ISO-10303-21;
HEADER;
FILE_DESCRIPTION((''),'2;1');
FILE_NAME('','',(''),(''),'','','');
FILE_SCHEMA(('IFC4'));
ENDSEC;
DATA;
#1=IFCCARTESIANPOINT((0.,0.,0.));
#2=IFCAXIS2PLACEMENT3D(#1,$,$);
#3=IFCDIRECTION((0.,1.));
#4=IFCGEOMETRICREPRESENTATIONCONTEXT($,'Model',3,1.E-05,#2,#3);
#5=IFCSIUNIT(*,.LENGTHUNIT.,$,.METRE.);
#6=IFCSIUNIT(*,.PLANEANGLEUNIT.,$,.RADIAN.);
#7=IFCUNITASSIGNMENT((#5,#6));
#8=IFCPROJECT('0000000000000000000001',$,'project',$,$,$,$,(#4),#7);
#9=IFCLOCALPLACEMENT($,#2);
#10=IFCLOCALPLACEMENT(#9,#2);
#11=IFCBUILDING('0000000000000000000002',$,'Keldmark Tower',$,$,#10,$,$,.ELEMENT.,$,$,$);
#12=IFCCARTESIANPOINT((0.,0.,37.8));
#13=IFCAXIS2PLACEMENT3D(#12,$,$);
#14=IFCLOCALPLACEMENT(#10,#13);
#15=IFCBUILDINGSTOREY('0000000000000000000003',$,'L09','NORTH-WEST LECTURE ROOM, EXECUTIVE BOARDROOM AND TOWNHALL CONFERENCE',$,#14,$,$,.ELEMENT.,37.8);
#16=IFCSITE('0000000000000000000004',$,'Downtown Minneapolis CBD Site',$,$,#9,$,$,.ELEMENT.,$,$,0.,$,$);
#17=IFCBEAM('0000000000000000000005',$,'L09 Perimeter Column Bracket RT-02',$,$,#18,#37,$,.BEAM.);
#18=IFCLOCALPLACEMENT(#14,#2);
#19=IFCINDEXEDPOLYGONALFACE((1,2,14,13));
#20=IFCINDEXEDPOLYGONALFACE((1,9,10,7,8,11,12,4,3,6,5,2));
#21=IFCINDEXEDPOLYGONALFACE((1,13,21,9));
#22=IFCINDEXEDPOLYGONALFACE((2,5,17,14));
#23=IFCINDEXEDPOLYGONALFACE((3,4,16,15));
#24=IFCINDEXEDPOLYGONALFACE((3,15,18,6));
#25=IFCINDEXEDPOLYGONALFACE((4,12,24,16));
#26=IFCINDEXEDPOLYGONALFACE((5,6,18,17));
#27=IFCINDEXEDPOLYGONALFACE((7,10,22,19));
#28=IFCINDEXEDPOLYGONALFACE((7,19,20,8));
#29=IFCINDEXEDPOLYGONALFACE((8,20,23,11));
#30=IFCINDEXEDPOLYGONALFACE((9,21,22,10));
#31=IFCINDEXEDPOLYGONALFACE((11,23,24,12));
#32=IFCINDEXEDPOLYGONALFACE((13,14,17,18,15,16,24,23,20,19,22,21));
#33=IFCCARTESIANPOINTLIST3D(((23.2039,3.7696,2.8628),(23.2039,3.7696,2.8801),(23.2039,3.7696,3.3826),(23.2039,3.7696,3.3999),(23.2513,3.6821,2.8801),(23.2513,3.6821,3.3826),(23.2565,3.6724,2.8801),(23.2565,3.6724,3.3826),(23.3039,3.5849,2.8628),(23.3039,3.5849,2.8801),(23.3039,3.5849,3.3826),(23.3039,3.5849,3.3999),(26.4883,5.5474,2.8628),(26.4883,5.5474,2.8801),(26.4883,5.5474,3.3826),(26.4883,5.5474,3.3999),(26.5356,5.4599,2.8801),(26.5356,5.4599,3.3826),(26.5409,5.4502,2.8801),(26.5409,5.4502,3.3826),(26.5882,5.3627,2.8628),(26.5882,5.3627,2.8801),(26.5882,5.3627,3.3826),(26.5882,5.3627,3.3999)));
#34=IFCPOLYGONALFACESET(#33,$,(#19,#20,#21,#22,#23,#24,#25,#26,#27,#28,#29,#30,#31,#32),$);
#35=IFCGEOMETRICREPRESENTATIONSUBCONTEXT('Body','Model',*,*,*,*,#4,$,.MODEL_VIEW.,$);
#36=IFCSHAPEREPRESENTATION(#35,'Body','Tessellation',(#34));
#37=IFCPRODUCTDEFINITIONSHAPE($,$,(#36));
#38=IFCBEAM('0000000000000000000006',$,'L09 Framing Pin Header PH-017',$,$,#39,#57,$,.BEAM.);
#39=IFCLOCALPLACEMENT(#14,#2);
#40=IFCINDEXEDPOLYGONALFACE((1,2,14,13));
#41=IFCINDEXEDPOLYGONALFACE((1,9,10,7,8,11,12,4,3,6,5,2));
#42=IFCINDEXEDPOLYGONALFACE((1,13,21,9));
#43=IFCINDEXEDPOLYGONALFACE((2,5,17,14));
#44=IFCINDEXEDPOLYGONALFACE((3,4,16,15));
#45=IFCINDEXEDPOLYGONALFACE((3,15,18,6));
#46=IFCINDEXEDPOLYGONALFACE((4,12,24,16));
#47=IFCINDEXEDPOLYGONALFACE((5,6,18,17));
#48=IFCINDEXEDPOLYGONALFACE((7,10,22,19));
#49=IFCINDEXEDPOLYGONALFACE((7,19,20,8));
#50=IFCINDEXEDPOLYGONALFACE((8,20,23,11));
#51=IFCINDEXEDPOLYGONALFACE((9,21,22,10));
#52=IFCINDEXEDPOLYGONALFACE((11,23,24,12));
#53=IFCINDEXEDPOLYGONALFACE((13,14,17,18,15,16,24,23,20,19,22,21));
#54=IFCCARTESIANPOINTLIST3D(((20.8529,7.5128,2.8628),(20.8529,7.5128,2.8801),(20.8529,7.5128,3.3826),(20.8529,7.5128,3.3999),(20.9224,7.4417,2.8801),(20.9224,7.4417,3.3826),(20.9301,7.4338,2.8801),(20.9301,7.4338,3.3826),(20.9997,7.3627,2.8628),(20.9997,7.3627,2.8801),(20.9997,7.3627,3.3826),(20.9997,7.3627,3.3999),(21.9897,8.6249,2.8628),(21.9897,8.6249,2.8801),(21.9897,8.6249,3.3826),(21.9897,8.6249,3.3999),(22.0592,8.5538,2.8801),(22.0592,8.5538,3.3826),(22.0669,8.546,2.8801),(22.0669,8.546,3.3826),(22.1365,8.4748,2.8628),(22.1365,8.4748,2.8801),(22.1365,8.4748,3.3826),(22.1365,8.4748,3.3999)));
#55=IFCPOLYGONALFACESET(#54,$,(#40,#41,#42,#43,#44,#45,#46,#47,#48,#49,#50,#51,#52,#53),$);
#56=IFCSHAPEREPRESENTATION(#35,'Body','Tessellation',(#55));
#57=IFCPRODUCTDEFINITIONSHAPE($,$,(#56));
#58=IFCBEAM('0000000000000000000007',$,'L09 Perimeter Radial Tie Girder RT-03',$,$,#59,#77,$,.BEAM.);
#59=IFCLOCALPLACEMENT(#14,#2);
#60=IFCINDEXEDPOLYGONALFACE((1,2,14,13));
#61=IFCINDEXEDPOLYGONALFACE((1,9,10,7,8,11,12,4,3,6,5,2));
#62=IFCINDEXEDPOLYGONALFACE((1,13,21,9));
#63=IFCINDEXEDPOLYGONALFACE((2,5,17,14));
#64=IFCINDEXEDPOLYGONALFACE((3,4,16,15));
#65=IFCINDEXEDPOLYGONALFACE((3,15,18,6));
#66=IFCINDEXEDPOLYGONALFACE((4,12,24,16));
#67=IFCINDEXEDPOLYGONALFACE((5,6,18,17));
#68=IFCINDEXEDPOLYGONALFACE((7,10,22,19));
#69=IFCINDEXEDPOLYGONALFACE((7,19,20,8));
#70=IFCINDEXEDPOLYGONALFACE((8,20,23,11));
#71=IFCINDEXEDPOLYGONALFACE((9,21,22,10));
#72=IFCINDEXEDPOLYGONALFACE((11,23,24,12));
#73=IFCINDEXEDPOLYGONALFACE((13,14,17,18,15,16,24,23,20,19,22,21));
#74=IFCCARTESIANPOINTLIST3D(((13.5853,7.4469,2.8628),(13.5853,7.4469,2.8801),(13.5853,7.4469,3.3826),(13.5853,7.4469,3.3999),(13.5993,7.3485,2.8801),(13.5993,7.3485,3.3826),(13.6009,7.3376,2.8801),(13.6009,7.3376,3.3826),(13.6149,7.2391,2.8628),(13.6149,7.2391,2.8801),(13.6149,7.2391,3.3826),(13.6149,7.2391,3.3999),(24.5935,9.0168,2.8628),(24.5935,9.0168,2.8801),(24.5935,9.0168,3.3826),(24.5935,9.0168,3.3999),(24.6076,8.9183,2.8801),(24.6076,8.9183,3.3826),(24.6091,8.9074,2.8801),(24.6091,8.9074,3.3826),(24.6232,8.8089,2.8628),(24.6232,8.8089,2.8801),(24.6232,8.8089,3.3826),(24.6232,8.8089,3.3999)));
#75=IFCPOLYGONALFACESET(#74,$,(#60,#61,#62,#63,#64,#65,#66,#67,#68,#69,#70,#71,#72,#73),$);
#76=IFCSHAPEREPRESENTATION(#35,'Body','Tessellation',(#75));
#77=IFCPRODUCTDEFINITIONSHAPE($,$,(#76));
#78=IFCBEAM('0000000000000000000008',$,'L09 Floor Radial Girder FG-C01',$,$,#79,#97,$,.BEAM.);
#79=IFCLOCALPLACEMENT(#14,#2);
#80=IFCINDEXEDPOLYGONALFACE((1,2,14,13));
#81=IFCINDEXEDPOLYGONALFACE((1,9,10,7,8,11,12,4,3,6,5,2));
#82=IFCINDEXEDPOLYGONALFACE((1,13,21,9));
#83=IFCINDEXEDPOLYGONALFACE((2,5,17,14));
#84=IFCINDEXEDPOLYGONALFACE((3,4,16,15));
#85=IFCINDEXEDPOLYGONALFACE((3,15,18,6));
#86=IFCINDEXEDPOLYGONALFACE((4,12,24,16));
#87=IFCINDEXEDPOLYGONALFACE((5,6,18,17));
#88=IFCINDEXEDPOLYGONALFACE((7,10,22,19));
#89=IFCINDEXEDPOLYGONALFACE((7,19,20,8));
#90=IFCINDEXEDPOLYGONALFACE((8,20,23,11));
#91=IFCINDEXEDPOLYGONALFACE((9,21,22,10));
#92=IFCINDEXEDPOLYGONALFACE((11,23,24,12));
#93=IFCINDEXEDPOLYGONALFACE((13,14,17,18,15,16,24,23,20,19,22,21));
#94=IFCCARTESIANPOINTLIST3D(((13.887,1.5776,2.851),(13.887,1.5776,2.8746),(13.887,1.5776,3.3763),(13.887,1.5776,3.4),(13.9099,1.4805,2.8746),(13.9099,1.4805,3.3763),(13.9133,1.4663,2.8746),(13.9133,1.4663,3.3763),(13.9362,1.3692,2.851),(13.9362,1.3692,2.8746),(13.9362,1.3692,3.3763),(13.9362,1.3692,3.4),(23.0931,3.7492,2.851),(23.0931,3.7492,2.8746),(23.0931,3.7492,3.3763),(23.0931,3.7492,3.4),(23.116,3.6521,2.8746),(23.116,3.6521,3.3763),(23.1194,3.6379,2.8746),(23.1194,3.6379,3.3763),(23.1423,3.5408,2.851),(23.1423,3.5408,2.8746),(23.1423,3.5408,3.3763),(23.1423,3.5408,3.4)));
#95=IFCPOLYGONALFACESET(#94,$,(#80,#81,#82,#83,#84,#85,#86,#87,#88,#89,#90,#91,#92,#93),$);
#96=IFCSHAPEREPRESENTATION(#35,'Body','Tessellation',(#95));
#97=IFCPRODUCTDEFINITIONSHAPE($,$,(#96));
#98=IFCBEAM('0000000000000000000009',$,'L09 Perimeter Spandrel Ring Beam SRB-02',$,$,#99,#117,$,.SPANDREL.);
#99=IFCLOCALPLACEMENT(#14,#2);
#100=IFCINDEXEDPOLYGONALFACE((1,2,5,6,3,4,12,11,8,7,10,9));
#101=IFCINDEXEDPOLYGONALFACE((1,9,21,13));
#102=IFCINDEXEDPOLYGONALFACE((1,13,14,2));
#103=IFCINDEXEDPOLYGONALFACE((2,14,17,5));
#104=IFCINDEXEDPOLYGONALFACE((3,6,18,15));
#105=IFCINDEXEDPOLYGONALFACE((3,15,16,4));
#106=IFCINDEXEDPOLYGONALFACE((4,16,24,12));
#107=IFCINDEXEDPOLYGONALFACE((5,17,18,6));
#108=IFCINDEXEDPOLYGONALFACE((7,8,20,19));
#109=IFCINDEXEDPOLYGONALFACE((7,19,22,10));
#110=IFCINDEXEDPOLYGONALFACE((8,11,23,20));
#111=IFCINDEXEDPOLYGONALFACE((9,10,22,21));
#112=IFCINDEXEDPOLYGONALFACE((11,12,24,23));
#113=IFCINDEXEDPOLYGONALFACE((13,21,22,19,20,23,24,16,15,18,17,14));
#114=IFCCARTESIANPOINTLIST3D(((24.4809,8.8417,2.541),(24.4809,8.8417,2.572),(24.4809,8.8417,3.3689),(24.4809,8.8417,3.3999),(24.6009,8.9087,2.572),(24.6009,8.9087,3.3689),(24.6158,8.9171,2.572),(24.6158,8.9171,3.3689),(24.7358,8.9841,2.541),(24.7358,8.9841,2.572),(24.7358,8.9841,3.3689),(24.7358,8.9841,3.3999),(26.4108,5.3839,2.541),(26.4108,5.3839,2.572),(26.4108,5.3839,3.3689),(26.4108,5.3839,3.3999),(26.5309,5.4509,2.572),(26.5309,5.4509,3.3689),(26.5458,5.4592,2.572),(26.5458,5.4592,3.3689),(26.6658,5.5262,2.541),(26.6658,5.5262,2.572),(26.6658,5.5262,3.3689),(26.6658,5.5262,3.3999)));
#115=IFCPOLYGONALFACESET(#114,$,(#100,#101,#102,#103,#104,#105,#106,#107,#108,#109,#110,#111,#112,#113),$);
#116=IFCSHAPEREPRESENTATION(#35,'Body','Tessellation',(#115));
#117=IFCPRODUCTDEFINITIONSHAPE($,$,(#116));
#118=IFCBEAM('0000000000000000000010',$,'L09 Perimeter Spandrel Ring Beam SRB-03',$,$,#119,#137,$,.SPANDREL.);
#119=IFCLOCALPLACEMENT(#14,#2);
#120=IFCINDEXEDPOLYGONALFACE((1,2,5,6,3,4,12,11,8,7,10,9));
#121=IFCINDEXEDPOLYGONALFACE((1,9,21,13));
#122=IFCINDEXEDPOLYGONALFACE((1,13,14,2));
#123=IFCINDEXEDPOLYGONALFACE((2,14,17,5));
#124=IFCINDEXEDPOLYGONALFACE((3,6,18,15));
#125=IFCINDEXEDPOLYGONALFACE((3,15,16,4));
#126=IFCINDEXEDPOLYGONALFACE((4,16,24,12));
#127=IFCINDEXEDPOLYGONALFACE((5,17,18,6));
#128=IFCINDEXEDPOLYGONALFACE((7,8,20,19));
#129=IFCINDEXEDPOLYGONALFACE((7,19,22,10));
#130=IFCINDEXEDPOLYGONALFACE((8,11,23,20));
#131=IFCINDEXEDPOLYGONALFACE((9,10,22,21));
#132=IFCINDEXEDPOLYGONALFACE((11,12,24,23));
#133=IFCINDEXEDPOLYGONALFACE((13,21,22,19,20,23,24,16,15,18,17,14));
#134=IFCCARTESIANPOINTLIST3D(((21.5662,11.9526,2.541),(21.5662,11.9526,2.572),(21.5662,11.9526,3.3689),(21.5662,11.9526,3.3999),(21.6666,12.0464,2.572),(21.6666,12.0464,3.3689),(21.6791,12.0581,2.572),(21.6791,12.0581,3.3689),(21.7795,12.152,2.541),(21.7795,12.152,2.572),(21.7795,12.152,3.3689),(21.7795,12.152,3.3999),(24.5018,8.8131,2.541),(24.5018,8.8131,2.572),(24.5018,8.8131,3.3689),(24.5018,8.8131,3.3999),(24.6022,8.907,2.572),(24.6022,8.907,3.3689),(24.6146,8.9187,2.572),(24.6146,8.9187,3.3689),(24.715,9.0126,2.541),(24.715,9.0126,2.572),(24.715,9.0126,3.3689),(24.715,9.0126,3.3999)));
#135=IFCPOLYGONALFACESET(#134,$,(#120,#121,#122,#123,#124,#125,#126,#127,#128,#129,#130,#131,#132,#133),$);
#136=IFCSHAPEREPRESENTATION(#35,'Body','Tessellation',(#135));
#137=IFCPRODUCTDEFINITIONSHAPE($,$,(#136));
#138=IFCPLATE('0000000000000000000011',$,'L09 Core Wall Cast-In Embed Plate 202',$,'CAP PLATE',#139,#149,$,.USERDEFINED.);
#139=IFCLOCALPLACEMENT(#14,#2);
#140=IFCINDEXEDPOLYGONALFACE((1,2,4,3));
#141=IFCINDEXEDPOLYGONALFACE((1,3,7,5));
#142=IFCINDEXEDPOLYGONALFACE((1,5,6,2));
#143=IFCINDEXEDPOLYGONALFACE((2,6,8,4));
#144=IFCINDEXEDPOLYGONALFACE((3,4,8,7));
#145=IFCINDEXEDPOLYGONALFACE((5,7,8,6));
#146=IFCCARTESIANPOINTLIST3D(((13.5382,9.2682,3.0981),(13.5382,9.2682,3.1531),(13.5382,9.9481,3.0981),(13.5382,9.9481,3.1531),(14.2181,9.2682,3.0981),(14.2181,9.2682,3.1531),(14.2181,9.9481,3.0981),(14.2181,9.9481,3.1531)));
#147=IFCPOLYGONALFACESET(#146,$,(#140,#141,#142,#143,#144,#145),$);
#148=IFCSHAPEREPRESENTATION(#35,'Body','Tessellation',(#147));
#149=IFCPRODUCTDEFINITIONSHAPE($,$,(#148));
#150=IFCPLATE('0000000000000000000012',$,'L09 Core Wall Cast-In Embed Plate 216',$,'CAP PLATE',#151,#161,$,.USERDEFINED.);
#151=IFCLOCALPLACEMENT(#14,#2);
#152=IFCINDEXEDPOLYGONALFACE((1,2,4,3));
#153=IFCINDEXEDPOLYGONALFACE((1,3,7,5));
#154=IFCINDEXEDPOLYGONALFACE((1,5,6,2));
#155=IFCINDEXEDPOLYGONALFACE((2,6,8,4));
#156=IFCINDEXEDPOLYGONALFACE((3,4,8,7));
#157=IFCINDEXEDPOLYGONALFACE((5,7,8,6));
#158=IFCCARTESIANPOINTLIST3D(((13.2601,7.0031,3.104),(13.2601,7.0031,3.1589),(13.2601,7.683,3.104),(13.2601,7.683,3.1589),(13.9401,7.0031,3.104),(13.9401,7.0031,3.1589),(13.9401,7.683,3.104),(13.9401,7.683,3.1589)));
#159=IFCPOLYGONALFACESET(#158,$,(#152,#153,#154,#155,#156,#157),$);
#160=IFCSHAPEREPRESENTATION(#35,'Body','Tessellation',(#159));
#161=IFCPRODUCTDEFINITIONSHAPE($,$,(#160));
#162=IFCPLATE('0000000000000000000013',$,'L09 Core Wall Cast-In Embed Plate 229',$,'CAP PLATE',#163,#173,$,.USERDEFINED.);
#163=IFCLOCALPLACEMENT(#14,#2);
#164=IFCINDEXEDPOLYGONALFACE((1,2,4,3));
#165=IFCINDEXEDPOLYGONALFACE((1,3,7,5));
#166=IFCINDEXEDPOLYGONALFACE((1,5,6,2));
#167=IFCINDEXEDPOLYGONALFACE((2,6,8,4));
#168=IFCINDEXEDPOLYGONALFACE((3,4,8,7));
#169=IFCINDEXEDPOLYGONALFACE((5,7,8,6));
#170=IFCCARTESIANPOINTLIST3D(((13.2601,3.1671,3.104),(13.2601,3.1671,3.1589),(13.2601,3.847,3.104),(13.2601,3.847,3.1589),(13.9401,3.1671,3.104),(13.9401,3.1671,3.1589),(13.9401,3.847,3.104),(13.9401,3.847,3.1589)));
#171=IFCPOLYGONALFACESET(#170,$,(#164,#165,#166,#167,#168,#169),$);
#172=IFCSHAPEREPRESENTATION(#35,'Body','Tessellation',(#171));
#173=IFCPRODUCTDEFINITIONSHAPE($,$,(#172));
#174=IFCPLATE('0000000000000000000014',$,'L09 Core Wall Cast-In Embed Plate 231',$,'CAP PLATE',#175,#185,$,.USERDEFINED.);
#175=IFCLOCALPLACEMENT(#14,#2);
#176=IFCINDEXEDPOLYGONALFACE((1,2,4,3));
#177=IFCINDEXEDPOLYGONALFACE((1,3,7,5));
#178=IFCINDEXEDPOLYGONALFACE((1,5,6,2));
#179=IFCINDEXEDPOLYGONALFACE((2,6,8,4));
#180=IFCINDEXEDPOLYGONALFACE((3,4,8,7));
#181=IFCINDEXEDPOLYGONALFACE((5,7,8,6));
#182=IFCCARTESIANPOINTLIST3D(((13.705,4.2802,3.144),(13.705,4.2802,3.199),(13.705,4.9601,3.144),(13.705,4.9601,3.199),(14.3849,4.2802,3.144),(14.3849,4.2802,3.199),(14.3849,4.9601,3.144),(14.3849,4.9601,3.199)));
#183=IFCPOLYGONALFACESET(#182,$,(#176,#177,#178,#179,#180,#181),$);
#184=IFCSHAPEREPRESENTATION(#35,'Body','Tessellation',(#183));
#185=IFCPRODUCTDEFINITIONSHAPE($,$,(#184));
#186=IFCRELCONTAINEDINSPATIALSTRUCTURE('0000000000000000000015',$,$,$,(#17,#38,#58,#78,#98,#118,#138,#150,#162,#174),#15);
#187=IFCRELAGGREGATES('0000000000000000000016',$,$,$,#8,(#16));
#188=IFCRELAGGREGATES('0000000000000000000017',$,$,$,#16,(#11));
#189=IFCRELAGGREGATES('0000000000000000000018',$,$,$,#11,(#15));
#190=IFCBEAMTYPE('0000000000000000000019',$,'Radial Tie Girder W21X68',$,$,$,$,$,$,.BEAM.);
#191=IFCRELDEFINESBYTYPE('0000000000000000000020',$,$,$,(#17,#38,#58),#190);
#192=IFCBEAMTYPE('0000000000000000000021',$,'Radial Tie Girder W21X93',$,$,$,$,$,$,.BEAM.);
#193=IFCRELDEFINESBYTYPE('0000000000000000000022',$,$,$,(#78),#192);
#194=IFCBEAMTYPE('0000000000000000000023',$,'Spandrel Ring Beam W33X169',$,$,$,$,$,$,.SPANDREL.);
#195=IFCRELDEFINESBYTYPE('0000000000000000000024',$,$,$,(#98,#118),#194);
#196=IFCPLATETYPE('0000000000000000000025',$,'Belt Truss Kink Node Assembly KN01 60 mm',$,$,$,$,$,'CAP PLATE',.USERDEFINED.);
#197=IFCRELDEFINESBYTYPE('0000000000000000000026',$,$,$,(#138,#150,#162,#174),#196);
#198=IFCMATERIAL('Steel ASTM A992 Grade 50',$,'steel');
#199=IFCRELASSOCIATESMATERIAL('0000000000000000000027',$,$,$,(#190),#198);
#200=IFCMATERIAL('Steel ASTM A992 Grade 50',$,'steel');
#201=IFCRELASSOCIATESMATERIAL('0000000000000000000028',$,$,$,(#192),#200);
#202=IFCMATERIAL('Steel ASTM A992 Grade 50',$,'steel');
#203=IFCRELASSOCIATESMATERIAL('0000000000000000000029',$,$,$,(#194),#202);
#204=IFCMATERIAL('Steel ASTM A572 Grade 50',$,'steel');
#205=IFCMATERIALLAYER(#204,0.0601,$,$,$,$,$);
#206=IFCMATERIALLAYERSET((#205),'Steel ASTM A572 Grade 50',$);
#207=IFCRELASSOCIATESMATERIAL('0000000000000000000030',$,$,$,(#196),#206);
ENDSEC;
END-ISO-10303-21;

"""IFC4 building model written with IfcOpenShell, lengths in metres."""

from ifc_helpers import new_model, si_unit, direction, frame, origin, origin_2d, place, context, subcontext, project, spatial, rectangle, i_section, extrude, material, layer, layer_set, material_profile, profile_set, type_object, element, save


model = new_model("IFC4")

# Units and contexts
model_context = context("Model", 3, precision=1e-05, world=origin(), true_north=direction((0.0, 1.0)))
body_context = subcontext(model_context, "Body", "Model", "MODEL_VIEW")
ifc_project = project(units=[si_unit("LENGTHUNIT", "METRE"), si_unit("PLANEANGLEUNIT", "RADIAN")], contexts=[model_context])

# Site, building, storey
site_placement = place(None, origin())
site = spatial("IfcSite", under=ifc_project, at=site_placement, Name="Downtown Minneapolis CBD Site", CompositionType="ELEMENT", RefElevation=0.0)
building_placement = place(site_placement, origin())
building = spatial("IfcBuilding", under=site, at=building_placement, Name="Keldmark Tower", CompositionType="ELEMENT")
storey_placement = place(building_placement, frame((0.0, 0.0, 37.8)))
storey = spatial("IfcBuildingStorey", under=building, at=storey_placement, Name="L09", Description="NORTH-WEST LECTURE ROOM, EXECUTIVE BOARDROOM AND TOWNHALL CONFERENCE", CompositionType="ELEMENT", Elevation=37.8)

# Beams
ifc_material_1 = material(Name="Steel ASTM A992 Grade 50", Category="steel")
ifc_material_profile_1 = material_profile(ifc_material_1, i_section(OverallWidth=0.21, OverallDepth=0.5371, WebThickness=0.011, FlangeThickness=0.0173, at=origin_2d()), Name="W21X68")
ifc_profile_set_1 = profile_set([ifc_material_profile_1], Name="Steel ASTM A992 Grade 50")
beam_type_1 = type_object("IfcBeamType", Name="Radial Tie Girder W21X68", PredefinedType="BEAM", material=ifc_profile_set_1)
beam_1_placement = place(storey_placement, frame((23.2539, 3.6772, 3.1313), z_axis=(0.87943, 0.476028, 0.0), x_axis=(-0.476028, 0.87943, 0.0)))
element("IfcBeam", 1, at=beam_1_placement, inside=storey, type_object=beam_type_1, Name="L09 Perimeter Column Bracket RT-02", PredefinedType="BEAM", context=body_context, shape_type="SweptSolid", body=[
    extrude(i_section(OverallWidth=0.21, OverallDepth=0.5371, WebThickness=0.011, FlangeThickness=0.0173, at=origin_2d()), origin(), (0.0, 0.0, 1.0), 3.7346),
])
beam_2_placement = place(storey_placement, frame((20.9263, 7.4377, 3.1313), z_axis=(0.714817, 0.699311, 0.0), x_axis=(-0.699311, 0.714817, 0.0)))
element("IfcBeam", 2, at=beam_2_placement, inside=storey, type_object=beam_type_1, Name="L09 Framing Pin Header PH-017", PredefinedType="BEAM", context=body_context, shape_type="SweptSolid", body=[
    extrude(i_section(OverallWidth=0.21, OverallDepth=0.5371, WebThickness=0.011, FlangeThickness=0.0173, at=origin_2d()), origin(), (0.0, 0.0, 1.0), 1.5903),
])
beam_3_placement = place(storey_placement, frame((13.6001, 7.343, 3.1313), z_axis=(0.989985, 0.141175, 0.0), x_axis=(-0.141175, 0.989985, 0.0)))
element("IfcBeam", 3, at=beam_3_placement, inside=storey, type_object=beam_type_1, Name="L09 Perimeter Radial Tie Girder RT-03", PredefinedType="BEAM", context=body_context, shape_type="SweptSolid", body=[
    extrude(i_section(OverallWidth=0.21, OverallDepth=0.5371, WebThickness=0.011, FlangeThickness=0.0173, at=origin_2d()), origin(), (0.0, 0.0, 1.0), 11.1196),
])
ifc_material_2 = material(Name="Steel ASTM A992 Grade 50", Category="steel")
ifc_material_profile_2 = material_profile(ifc_material_2, i_section(OverallWidth=0.2141, OverallDepth=0.5491, WebThickness=0.0146, FlangeThickness=0.0237, at=origin_2d()), Name="W21X93")
ifc_profile_set_2 = profile_set([ifc_material_profile_2], Name="Steel ASTM A992 Grade 50")
beam_type_2 = type_object("IfcBeamType", Name="Radial Tie Girder W21X93", PredefinedType="BEAM", material=ifc_profile_set_2)
beam_4_placement = place(storey_placement, frame((23.1177, 3.645, 3.1255), z_axis=(-0.973287, -0.22959, 0.0), x_axis=(0.22959, -0.973287, 0.0)))
element("IfcBeam", 4, at=beam_4_placement, inside=storey, type_object=beam_type_2, Name="L09 Floor Radial Girder FG-C01", PredefinedType="BEAM", context=body_context, shape_type="SweptSolid", body=[
    extrude(i_section(OverallWidth=0.2141, OverallDepth=0.5491, WebThickness=0.0146, FlangeThickness=0.0237, at=origin_2d()), origin(), (0.0, 0.0, 1.0), 9.4587),
])
ifc_material_3 = material(Name="Steel ASTM A992 Grade 50", Category="steel")
ifc_material_profile_3 = material_profile(ifc_material_3, i_section(OverallWidth=0.292, OverallDepth=0.8589, WebThickness=0.0171, FlangeThickness=0.031, at=origin_2d()), Name="W33X169")
ifc_profile_set_3 = profile_set([ifc_material_profile_3], Name="Steel ASTM A992 Grade 50")
beam_type_3 = type_object("IfcBeamType", Name="Spandrel Ring Beam W33X169", PredefinedType="SPANDREL", material=ifc_profile_set_3)
beam_5_placement = place(storey_placement, frame((26.5383, 5.4551, 2.9705), z_axis=(-0.487369, 0.873196, 0.0), x_axis=(-0.873196, -0.487369, 0.0)))
element("IfcBeam", 5, at=beam_5_placement, inside=storey, type_object=beam_type_3, Name="L09 Perimeter Spandrel Ring Beam SRB-02", PredefinedType="SPANDREL", context=body_context, shape_type="SweptSolid", body=[
    extrude(i_section(OverallWidth=0.292, OverallDepth=0.8589, WebThickness=0.0171, FlangeThickness=0.031, at=origin_2d()), origin(), (0.0, 0.0, 1.0), 3.96),
])
beam_6_placement = place(storey_placement, frame((24.6084, 8.9128, 2.9705), z_axis=(-0.682994, 0.730424, 0.0), x_axis=(-0.730424, -0.682994, 0.0)))
element("IfcBeam", 6, at=beam_6_placement, inside=storey, type_object=beam_type_3, Name="L09 Perimeter Spandrel Ring Beam SRB-03", PredefinedType="SPANDREL", context=body_context, shape_type="SweptSolid", body=[
    extrude(i_section(OverallWidth=0.292, OverallDepth=0.8589, WebThickness=0.0171, FlangeThickness=0.031, at=origin_2d()), origin(), (0.0, 0.0, 1.0), 4.2981),
])

# Plates
ifc_material_4 = material(Name="Steel ASTM A572 Grade 50", Category="steel")
ifc_layer_1 = layer(ifc_material_4, 0.0601)
ifc_layer_set_1 = layer_set([ifc_layer_1], Name="Steel ASTM A572 Grade 50")
plate_type_1 = type_object("IfcPlateType", Name="Belt Truss Kink Node Assembly KN01 60 mm", ElementType="CAP PLATE", PredefinedType="USERDEFINED", material=ifc_layer_set_1)
for number, where, z_axis, x_axis, name in (
    (7, (13.8782, 9.6082, 3.0981), (0.0, 0.0, 1.0), (1.0, 0.0, 0.0), "L09 Core Wall Cast-In Embed Plate 202"),
    (8, (13.6001, 7.343, 3.104), (0.0, 0.0, 1.0), (1.0, 0.0, 0.0), "L09 Core Wall Cast-In Embed Plate 216"),
    (9, (13.6001, 3.5071, 3.104), (0.0, 0.0, 1.0), (1.0, 0.0, 0.0), "L09 Core Wall Cast-In Embed Plate 229"),
    (10, (14.0449, 4.6201, 3.144), (0.0, 0.0, 1.0), (1.0, 0.0, 0.0), "L09 Core Wall Cast-In Embed Plate 231"),
):
    element("IfcPlate", number, at=place(storey_placement, frame(where, z_axis=z_axis, x_axis=x_axis)), inside=storey, type_object=plate_type_1, Name=name, ObjectType="CAP PLATE", PredefinedType="USERDEFINED", context=body_context, shape_type="SweptSolid", body=[
        extrude(rectangle(XDim=0.6799, YDim=0.6799, at=origin_2d()), origin(), (0.0, 0.0, 1.0), 0.0549),
    ])

save(model, "model.ifc")
